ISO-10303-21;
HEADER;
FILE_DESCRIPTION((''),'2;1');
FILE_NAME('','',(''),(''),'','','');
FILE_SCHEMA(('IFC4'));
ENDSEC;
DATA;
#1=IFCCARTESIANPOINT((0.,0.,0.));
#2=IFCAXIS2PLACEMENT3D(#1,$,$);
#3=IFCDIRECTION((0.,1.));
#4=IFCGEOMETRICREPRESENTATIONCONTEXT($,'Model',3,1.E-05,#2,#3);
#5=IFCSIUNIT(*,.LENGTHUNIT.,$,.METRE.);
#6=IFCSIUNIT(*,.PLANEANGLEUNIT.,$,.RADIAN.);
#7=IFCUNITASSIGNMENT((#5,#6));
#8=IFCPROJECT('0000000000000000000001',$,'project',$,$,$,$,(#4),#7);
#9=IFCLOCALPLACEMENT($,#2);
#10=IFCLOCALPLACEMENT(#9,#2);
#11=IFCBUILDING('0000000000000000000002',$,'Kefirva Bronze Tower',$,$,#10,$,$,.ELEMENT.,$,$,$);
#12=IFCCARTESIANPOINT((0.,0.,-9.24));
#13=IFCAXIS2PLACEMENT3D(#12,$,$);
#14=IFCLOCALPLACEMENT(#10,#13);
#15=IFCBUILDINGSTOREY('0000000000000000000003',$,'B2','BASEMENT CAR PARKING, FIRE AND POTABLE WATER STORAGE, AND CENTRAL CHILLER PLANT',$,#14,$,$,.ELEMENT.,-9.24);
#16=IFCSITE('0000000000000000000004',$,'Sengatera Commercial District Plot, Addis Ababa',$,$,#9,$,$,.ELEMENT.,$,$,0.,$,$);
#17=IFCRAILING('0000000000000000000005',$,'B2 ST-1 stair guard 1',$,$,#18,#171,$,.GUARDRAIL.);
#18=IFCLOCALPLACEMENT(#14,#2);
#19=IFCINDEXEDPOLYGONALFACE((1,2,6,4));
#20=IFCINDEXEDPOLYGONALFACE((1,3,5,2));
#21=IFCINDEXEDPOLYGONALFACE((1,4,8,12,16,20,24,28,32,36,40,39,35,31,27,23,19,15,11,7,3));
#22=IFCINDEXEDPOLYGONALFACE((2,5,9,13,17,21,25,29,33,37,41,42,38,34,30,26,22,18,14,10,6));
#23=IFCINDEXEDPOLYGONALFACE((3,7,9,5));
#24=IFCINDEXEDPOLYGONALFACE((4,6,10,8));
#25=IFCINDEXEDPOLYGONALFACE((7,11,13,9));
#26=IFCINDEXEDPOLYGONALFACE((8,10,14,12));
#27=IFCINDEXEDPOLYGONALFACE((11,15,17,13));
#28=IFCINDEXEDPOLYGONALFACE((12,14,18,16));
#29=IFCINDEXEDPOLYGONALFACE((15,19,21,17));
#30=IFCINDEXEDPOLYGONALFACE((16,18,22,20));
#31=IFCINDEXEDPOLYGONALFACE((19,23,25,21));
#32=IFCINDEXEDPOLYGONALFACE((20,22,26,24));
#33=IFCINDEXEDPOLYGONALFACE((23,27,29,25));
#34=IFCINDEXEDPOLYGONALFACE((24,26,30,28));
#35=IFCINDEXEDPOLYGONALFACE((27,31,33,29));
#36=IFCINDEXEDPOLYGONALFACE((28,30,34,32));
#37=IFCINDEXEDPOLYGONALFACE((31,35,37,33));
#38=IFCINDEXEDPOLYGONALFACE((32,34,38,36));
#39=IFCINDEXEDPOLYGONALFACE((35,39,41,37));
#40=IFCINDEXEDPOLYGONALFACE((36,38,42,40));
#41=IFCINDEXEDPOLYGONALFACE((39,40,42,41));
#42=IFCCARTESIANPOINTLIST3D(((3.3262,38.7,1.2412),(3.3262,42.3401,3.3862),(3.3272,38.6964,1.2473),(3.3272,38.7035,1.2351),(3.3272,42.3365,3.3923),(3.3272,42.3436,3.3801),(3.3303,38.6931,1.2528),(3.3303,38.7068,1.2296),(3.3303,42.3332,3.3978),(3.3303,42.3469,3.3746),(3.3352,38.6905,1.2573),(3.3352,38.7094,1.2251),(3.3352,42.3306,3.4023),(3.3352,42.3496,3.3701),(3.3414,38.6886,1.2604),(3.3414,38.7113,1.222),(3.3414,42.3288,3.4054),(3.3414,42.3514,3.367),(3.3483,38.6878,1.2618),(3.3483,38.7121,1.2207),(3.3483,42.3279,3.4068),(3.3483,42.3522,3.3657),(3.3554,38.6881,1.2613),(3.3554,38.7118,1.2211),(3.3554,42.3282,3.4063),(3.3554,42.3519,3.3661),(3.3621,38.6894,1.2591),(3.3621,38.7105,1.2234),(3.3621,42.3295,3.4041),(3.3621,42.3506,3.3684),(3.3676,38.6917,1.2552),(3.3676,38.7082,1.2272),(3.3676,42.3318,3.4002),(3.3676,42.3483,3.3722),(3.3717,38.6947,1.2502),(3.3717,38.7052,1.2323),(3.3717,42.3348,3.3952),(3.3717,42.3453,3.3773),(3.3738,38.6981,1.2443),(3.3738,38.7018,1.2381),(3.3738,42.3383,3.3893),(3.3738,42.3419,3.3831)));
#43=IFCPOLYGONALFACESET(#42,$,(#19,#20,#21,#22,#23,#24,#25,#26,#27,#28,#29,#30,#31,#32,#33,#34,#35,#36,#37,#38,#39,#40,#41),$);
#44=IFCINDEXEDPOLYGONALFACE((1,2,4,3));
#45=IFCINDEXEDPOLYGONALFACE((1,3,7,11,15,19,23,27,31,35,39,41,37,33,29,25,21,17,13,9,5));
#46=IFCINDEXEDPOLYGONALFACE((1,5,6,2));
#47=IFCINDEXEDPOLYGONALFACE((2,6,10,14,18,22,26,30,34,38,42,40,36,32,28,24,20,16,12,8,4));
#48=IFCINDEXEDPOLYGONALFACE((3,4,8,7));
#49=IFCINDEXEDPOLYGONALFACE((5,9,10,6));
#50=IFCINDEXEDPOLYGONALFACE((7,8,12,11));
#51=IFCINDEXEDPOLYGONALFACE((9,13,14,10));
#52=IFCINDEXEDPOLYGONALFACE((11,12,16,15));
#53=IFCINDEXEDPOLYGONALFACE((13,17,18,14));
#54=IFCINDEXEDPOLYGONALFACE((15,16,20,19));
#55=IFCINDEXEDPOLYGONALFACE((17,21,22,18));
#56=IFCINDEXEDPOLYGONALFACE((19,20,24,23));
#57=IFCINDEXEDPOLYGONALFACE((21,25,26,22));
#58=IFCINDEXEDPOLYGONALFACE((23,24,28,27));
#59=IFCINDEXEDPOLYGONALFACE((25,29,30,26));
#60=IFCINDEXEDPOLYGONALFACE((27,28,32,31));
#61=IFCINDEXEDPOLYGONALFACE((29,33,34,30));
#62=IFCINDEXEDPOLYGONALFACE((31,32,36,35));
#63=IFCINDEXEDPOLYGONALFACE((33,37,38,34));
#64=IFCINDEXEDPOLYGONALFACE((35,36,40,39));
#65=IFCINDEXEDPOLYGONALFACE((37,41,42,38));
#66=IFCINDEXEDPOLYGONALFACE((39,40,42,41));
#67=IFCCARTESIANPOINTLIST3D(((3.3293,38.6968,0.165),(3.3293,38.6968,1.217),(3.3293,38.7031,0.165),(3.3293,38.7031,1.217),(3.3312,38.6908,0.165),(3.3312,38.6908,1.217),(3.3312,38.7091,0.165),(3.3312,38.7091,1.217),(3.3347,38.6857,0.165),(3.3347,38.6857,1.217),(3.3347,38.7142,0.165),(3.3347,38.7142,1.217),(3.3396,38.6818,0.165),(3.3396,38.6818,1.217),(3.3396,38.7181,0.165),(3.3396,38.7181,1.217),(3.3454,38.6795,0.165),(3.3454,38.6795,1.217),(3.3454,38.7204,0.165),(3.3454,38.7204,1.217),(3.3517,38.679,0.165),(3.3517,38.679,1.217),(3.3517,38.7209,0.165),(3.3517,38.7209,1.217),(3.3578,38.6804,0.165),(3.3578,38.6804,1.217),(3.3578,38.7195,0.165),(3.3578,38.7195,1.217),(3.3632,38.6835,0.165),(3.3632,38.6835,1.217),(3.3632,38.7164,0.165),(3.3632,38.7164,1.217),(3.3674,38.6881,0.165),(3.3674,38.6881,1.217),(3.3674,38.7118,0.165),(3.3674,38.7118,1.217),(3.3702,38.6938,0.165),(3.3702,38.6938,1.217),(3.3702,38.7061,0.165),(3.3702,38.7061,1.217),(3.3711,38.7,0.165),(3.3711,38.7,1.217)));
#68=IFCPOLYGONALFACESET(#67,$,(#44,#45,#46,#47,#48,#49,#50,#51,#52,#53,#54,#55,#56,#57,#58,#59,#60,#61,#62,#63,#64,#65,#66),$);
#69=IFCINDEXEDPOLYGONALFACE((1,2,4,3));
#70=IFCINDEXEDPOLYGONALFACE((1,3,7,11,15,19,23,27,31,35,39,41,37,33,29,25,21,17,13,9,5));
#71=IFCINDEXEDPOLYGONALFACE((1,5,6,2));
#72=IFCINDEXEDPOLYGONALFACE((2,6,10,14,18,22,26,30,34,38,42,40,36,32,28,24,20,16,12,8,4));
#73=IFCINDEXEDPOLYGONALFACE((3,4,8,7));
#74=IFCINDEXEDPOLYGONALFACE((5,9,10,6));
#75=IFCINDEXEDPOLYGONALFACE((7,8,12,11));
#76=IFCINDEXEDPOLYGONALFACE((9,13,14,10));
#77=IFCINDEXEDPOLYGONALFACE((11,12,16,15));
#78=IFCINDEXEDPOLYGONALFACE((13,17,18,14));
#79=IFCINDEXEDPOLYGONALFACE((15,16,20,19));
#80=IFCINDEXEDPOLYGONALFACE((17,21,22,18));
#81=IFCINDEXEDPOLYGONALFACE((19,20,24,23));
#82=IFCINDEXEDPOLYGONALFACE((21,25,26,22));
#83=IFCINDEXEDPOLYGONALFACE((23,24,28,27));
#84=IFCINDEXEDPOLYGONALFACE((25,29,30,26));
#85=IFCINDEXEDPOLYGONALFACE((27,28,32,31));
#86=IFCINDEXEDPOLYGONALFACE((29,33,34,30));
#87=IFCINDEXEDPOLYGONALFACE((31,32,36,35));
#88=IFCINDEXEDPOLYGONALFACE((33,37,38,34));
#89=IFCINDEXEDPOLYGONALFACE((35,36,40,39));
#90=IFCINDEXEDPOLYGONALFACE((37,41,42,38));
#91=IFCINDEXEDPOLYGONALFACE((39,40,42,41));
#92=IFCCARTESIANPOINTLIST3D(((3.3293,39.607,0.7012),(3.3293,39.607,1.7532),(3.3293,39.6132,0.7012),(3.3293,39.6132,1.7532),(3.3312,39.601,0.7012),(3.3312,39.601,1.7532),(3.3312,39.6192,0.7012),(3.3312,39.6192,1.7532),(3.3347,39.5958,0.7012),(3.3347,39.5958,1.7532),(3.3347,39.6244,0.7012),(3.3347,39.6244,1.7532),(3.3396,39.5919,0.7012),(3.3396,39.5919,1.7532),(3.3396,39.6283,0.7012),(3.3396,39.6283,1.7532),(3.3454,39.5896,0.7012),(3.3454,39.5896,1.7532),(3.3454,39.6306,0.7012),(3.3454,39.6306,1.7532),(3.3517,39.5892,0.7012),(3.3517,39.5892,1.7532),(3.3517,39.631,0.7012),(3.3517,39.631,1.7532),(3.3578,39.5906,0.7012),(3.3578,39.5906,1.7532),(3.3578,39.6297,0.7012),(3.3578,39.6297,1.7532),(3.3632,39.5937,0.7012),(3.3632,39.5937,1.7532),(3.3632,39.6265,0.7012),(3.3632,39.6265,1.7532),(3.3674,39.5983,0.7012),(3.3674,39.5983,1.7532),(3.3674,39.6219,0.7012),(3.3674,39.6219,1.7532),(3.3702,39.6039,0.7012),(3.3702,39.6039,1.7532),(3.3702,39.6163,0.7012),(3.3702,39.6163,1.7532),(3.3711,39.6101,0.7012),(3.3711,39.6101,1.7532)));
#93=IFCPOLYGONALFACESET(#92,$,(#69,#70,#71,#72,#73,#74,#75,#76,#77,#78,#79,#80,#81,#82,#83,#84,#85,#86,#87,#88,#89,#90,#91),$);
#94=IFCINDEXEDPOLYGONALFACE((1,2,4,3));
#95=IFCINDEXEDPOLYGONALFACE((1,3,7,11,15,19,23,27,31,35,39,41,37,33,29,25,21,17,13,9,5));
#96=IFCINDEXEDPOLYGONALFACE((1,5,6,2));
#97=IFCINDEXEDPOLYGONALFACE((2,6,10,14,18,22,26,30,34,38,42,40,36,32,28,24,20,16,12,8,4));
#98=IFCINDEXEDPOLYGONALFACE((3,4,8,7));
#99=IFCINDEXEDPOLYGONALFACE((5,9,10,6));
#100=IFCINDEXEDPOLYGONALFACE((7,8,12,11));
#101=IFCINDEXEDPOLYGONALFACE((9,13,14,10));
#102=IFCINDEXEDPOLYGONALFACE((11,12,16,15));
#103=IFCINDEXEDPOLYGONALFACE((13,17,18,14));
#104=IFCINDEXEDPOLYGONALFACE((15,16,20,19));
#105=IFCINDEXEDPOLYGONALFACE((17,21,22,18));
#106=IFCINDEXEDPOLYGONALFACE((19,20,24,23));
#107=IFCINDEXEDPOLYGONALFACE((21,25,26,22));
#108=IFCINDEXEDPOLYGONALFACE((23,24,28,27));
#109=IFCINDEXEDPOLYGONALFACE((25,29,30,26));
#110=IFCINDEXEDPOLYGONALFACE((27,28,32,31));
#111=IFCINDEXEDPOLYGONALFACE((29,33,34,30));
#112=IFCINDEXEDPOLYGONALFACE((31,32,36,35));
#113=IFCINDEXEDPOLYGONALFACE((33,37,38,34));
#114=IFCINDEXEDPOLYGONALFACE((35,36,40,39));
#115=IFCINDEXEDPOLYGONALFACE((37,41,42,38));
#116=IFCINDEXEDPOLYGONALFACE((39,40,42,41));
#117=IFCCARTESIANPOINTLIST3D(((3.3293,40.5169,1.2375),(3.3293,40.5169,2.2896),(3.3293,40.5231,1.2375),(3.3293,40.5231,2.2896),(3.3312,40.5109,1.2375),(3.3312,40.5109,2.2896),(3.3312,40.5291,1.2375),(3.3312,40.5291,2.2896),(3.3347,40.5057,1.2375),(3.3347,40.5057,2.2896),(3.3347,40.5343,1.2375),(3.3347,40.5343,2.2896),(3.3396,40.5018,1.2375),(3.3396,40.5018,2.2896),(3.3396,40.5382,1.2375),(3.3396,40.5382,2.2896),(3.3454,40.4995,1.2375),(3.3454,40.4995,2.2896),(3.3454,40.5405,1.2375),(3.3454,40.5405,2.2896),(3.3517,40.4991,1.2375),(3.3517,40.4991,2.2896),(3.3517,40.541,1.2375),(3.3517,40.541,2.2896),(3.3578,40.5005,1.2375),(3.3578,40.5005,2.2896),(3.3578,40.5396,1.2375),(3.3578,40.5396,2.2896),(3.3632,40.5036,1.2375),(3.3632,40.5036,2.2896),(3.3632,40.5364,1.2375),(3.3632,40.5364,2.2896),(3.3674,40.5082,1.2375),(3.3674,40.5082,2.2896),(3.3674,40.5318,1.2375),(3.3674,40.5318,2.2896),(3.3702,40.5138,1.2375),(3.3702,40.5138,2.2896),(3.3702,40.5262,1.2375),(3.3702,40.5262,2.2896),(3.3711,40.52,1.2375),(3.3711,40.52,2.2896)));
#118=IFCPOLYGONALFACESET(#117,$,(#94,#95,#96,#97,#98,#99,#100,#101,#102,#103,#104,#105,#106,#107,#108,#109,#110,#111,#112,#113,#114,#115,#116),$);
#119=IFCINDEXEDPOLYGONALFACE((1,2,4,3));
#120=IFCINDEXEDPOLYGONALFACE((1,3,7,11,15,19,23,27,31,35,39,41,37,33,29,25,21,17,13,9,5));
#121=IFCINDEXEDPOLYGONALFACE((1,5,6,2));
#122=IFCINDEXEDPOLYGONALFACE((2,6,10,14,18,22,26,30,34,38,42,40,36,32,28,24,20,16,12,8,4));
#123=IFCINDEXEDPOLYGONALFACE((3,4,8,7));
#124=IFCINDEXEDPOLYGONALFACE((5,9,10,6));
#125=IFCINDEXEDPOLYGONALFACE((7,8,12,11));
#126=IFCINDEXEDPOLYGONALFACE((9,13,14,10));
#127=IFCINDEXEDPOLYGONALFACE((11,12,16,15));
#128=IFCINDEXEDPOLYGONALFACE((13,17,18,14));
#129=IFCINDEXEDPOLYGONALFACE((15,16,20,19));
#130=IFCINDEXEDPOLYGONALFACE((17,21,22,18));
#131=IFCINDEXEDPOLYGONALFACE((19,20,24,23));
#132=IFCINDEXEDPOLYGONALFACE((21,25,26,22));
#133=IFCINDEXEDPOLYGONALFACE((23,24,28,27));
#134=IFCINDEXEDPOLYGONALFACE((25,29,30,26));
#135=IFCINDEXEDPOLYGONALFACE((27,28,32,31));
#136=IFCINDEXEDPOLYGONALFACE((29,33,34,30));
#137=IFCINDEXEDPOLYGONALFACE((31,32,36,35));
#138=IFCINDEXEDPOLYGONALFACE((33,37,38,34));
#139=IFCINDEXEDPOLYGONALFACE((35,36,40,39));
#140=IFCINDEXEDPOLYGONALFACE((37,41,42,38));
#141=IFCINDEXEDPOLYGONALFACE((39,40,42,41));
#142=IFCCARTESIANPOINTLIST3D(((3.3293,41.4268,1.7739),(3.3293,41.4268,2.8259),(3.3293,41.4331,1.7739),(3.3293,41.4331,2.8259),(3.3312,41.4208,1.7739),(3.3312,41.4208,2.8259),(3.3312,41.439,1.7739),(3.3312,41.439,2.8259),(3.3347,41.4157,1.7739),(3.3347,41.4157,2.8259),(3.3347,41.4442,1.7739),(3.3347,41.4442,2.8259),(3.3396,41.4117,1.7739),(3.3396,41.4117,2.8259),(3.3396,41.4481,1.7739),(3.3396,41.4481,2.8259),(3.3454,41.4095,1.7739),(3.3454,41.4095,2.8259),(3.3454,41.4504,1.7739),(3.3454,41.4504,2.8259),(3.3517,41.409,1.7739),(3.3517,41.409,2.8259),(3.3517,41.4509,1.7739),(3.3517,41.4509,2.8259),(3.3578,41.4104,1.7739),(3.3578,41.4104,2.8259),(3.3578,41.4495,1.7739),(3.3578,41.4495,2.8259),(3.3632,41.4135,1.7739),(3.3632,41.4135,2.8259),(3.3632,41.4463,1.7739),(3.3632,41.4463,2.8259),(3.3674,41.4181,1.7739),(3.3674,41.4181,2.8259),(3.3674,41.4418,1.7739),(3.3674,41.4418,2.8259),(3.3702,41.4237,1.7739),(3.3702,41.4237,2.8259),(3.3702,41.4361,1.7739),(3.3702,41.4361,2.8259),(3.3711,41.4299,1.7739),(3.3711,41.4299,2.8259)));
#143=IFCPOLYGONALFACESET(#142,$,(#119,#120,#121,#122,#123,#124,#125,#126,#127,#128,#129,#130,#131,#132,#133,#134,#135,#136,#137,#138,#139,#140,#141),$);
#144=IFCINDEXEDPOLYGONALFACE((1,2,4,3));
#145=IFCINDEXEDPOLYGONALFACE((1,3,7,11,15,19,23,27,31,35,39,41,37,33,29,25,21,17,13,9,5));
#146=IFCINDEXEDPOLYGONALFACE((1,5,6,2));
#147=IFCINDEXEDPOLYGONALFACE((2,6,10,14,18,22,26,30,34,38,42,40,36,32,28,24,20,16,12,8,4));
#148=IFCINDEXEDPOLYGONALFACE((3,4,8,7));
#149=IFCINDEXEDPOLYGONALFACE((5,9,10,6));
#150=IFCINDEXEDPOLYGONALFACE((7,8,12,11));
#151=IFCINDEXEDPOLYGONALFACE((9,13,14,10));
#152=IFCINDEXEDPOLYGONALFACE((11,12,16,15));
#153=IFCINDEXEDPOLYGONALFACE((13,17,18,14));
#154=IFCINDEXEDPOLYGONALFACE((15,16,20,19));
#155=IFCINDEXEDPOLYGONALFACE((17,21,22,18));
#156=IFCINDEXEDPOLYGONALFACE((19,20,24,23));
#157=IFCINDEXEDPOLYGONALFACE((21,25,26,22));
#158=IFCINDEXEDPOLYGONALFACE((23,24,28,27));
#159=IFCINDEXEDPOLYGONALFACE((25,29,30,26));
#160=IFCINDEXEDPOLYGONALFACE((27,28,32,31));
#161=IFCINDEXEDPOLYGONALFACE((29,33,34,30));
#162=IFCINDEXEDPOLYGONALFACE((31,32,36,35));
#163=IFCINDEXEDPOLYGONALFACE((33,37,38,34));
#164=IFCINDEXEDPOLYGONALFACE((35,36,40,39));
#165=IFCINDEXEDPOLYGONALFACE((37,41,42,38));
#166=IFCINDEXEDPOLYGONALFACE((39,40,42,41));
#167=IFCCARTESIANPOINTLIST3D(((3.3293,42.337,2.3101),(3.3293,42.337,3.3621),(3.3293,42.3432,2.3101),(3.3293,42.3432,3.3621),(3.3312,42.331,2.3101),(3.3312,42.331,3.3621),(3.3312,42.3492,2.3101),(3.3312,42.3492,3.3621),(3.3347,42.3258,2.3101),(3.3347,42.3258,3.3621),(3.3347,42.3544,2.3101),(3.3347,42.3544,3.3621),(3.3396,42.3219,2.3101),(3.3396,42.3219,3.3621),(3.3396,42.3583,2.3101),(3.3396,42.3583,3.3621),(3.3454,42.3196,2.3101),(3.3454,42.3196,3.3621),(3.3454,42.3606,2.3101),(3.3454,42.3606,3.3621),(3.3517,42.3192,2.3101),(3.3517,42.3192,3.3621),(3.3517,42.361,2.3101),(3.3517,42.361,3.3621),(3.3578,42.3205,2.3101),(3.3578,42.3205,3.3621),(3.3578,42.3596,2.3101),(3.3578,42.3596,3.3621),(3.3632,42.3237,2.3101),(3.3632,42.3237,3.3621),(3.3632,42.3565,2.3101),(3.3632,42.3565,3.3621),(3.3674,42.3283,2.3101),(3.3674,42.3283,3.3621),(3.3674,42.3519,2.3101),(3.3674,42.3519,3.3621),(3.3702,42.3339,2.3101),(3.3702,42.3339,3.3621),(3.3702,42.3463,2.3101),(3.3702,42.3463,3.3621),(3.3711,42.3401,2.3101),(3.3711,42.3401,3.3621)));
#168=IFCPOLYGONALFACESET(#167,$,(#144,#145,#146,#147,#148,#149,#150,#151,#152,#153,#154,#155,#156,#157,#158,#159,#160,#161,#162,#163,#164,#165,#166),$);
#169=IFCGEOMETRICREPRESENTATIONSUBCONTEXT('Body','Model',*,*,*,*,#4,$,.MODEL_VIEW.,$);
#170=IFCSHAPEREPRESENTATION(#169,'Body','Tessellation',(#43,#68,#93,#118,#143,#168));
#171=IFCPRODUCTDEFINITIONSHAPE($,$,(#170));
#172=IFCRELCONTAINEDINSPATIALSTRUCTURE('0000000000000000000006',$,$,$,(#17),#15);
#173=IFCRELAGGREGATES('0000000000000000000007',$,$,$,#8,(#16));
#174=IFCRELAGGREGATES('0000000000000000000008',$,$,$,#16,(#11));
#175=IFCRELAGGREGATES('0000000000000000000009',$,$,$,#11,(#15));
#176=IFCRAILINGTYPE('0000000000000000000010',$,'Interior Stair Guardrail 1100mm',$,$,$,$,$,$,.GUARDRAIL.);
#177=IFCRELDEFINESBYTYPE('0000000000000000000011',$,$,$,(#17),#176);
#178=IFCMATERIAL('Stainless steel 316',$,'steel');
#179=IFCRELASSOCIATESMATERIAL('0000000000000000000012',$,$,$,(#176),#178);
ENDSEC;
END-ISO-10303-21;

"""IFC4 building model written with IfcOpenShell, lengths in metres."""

from ifc_helpers import new_model, si_unit, direction, frame, origin, origin_2d, place, context, subcontext, project, spatial, circle, extrude, material, type_object, element, save


model = new_model("IFC4")

# Units and contexts
model_context = context("Model", 3, precision=1e-05, world=origin(), true_north=direction((0.0, 1.0)))
body_context = subcontext(model_context, "Body", "Model", "MODEL_VIEW")
ifc_project = project(units=[si_unit("LENGTHUNIT", "METRE"), si_unit("PLANEANGLEUNIT", "RADIAN")], contexts=[model_context])

# Site, building, storey
site_placement = place(None, origin())
site = spatial("IfcSite", under=ifc_project, at=site_placement, Name="Sengatera Commercial District Plot, Addis Ababa", CompositionType="ELEMENT", RefElevation=0.0)
building_placement = place(site_placement, origin())
building = spatial("IfcBuilding", under=site, at=building_placement, Name="Kefirva Bronze Tower", CompositionType="ELEMENT")
storey_placement = place(building_placement, frame((0.0, 0.0, -9.24)))
storey = spatial("IfcBuildingStorey", under=building, at=storey_placement, Name="B2", Description="BASEMENT CAR PARKING, FIRE AND POTABLE WATER STORAGE, AND CENTRAL CHILLER PLANT", CompositionType="ELEMENT", Elevation=-9.24)

# Railing
ifc_material_1 = material(Name="Stainless steel 316", Category="steel")
railing_type_1 = type_object("IfcRailingType", Name="Interior Stair Guardrail 1100mm", PredefinedType="GUARDRAIL", material=ifc_material_1)
railing_1_placement = place(storey_placement, frame((3.3501, 38.7, 0.165)))
element("IfcRailing", 1, at=railing_1_placement, inside=storey, type_object=railing_type_1, Name="B2 ST-1 stair guard 1", PredefinedType="GUARDRAIL", context=body_context, shape_type="SweptSolid", body=[
    extrude(circle(Radius=0.0239, at=origin_2d()), frame((0.0, 0.0, 1.0762), z_axis=(0.0, 0.861545, 0.507682), x_axis=(-1.0, 0.0, 0.0)), (0.0, 0.0, 1.0), 4.2251),
    extrude(circle(Radius=0.021, at=origin_2d()), origin(), (0.0, 0.0, 1.0), 1.052),
    extrude(circle(Radius=0.021, at=origin_2d()), frame((0.0, 0.9102, 0.5361)), (0.0, 0.0, 1.0), 1.052),
    extrude(circle(Radius=0.021, at=origin_2d()), frame((0.0, 1.8201, 1.0725)), (0.0, 0.0, 1.0), 1.052),
    extrude(circle(Radius=0.021, at=origin_2d()), frame((0.0, 2.73, 1.6089)), (0.0, 0.0, 1.0), 1.052),
    extrude(circle(Radius=0.021, at=origin_2d()), frame((0.0, 3.6401, 2.145)), (0.0, 0.0, 1.0), 1.052),
])

save(model, "model.ifc")
